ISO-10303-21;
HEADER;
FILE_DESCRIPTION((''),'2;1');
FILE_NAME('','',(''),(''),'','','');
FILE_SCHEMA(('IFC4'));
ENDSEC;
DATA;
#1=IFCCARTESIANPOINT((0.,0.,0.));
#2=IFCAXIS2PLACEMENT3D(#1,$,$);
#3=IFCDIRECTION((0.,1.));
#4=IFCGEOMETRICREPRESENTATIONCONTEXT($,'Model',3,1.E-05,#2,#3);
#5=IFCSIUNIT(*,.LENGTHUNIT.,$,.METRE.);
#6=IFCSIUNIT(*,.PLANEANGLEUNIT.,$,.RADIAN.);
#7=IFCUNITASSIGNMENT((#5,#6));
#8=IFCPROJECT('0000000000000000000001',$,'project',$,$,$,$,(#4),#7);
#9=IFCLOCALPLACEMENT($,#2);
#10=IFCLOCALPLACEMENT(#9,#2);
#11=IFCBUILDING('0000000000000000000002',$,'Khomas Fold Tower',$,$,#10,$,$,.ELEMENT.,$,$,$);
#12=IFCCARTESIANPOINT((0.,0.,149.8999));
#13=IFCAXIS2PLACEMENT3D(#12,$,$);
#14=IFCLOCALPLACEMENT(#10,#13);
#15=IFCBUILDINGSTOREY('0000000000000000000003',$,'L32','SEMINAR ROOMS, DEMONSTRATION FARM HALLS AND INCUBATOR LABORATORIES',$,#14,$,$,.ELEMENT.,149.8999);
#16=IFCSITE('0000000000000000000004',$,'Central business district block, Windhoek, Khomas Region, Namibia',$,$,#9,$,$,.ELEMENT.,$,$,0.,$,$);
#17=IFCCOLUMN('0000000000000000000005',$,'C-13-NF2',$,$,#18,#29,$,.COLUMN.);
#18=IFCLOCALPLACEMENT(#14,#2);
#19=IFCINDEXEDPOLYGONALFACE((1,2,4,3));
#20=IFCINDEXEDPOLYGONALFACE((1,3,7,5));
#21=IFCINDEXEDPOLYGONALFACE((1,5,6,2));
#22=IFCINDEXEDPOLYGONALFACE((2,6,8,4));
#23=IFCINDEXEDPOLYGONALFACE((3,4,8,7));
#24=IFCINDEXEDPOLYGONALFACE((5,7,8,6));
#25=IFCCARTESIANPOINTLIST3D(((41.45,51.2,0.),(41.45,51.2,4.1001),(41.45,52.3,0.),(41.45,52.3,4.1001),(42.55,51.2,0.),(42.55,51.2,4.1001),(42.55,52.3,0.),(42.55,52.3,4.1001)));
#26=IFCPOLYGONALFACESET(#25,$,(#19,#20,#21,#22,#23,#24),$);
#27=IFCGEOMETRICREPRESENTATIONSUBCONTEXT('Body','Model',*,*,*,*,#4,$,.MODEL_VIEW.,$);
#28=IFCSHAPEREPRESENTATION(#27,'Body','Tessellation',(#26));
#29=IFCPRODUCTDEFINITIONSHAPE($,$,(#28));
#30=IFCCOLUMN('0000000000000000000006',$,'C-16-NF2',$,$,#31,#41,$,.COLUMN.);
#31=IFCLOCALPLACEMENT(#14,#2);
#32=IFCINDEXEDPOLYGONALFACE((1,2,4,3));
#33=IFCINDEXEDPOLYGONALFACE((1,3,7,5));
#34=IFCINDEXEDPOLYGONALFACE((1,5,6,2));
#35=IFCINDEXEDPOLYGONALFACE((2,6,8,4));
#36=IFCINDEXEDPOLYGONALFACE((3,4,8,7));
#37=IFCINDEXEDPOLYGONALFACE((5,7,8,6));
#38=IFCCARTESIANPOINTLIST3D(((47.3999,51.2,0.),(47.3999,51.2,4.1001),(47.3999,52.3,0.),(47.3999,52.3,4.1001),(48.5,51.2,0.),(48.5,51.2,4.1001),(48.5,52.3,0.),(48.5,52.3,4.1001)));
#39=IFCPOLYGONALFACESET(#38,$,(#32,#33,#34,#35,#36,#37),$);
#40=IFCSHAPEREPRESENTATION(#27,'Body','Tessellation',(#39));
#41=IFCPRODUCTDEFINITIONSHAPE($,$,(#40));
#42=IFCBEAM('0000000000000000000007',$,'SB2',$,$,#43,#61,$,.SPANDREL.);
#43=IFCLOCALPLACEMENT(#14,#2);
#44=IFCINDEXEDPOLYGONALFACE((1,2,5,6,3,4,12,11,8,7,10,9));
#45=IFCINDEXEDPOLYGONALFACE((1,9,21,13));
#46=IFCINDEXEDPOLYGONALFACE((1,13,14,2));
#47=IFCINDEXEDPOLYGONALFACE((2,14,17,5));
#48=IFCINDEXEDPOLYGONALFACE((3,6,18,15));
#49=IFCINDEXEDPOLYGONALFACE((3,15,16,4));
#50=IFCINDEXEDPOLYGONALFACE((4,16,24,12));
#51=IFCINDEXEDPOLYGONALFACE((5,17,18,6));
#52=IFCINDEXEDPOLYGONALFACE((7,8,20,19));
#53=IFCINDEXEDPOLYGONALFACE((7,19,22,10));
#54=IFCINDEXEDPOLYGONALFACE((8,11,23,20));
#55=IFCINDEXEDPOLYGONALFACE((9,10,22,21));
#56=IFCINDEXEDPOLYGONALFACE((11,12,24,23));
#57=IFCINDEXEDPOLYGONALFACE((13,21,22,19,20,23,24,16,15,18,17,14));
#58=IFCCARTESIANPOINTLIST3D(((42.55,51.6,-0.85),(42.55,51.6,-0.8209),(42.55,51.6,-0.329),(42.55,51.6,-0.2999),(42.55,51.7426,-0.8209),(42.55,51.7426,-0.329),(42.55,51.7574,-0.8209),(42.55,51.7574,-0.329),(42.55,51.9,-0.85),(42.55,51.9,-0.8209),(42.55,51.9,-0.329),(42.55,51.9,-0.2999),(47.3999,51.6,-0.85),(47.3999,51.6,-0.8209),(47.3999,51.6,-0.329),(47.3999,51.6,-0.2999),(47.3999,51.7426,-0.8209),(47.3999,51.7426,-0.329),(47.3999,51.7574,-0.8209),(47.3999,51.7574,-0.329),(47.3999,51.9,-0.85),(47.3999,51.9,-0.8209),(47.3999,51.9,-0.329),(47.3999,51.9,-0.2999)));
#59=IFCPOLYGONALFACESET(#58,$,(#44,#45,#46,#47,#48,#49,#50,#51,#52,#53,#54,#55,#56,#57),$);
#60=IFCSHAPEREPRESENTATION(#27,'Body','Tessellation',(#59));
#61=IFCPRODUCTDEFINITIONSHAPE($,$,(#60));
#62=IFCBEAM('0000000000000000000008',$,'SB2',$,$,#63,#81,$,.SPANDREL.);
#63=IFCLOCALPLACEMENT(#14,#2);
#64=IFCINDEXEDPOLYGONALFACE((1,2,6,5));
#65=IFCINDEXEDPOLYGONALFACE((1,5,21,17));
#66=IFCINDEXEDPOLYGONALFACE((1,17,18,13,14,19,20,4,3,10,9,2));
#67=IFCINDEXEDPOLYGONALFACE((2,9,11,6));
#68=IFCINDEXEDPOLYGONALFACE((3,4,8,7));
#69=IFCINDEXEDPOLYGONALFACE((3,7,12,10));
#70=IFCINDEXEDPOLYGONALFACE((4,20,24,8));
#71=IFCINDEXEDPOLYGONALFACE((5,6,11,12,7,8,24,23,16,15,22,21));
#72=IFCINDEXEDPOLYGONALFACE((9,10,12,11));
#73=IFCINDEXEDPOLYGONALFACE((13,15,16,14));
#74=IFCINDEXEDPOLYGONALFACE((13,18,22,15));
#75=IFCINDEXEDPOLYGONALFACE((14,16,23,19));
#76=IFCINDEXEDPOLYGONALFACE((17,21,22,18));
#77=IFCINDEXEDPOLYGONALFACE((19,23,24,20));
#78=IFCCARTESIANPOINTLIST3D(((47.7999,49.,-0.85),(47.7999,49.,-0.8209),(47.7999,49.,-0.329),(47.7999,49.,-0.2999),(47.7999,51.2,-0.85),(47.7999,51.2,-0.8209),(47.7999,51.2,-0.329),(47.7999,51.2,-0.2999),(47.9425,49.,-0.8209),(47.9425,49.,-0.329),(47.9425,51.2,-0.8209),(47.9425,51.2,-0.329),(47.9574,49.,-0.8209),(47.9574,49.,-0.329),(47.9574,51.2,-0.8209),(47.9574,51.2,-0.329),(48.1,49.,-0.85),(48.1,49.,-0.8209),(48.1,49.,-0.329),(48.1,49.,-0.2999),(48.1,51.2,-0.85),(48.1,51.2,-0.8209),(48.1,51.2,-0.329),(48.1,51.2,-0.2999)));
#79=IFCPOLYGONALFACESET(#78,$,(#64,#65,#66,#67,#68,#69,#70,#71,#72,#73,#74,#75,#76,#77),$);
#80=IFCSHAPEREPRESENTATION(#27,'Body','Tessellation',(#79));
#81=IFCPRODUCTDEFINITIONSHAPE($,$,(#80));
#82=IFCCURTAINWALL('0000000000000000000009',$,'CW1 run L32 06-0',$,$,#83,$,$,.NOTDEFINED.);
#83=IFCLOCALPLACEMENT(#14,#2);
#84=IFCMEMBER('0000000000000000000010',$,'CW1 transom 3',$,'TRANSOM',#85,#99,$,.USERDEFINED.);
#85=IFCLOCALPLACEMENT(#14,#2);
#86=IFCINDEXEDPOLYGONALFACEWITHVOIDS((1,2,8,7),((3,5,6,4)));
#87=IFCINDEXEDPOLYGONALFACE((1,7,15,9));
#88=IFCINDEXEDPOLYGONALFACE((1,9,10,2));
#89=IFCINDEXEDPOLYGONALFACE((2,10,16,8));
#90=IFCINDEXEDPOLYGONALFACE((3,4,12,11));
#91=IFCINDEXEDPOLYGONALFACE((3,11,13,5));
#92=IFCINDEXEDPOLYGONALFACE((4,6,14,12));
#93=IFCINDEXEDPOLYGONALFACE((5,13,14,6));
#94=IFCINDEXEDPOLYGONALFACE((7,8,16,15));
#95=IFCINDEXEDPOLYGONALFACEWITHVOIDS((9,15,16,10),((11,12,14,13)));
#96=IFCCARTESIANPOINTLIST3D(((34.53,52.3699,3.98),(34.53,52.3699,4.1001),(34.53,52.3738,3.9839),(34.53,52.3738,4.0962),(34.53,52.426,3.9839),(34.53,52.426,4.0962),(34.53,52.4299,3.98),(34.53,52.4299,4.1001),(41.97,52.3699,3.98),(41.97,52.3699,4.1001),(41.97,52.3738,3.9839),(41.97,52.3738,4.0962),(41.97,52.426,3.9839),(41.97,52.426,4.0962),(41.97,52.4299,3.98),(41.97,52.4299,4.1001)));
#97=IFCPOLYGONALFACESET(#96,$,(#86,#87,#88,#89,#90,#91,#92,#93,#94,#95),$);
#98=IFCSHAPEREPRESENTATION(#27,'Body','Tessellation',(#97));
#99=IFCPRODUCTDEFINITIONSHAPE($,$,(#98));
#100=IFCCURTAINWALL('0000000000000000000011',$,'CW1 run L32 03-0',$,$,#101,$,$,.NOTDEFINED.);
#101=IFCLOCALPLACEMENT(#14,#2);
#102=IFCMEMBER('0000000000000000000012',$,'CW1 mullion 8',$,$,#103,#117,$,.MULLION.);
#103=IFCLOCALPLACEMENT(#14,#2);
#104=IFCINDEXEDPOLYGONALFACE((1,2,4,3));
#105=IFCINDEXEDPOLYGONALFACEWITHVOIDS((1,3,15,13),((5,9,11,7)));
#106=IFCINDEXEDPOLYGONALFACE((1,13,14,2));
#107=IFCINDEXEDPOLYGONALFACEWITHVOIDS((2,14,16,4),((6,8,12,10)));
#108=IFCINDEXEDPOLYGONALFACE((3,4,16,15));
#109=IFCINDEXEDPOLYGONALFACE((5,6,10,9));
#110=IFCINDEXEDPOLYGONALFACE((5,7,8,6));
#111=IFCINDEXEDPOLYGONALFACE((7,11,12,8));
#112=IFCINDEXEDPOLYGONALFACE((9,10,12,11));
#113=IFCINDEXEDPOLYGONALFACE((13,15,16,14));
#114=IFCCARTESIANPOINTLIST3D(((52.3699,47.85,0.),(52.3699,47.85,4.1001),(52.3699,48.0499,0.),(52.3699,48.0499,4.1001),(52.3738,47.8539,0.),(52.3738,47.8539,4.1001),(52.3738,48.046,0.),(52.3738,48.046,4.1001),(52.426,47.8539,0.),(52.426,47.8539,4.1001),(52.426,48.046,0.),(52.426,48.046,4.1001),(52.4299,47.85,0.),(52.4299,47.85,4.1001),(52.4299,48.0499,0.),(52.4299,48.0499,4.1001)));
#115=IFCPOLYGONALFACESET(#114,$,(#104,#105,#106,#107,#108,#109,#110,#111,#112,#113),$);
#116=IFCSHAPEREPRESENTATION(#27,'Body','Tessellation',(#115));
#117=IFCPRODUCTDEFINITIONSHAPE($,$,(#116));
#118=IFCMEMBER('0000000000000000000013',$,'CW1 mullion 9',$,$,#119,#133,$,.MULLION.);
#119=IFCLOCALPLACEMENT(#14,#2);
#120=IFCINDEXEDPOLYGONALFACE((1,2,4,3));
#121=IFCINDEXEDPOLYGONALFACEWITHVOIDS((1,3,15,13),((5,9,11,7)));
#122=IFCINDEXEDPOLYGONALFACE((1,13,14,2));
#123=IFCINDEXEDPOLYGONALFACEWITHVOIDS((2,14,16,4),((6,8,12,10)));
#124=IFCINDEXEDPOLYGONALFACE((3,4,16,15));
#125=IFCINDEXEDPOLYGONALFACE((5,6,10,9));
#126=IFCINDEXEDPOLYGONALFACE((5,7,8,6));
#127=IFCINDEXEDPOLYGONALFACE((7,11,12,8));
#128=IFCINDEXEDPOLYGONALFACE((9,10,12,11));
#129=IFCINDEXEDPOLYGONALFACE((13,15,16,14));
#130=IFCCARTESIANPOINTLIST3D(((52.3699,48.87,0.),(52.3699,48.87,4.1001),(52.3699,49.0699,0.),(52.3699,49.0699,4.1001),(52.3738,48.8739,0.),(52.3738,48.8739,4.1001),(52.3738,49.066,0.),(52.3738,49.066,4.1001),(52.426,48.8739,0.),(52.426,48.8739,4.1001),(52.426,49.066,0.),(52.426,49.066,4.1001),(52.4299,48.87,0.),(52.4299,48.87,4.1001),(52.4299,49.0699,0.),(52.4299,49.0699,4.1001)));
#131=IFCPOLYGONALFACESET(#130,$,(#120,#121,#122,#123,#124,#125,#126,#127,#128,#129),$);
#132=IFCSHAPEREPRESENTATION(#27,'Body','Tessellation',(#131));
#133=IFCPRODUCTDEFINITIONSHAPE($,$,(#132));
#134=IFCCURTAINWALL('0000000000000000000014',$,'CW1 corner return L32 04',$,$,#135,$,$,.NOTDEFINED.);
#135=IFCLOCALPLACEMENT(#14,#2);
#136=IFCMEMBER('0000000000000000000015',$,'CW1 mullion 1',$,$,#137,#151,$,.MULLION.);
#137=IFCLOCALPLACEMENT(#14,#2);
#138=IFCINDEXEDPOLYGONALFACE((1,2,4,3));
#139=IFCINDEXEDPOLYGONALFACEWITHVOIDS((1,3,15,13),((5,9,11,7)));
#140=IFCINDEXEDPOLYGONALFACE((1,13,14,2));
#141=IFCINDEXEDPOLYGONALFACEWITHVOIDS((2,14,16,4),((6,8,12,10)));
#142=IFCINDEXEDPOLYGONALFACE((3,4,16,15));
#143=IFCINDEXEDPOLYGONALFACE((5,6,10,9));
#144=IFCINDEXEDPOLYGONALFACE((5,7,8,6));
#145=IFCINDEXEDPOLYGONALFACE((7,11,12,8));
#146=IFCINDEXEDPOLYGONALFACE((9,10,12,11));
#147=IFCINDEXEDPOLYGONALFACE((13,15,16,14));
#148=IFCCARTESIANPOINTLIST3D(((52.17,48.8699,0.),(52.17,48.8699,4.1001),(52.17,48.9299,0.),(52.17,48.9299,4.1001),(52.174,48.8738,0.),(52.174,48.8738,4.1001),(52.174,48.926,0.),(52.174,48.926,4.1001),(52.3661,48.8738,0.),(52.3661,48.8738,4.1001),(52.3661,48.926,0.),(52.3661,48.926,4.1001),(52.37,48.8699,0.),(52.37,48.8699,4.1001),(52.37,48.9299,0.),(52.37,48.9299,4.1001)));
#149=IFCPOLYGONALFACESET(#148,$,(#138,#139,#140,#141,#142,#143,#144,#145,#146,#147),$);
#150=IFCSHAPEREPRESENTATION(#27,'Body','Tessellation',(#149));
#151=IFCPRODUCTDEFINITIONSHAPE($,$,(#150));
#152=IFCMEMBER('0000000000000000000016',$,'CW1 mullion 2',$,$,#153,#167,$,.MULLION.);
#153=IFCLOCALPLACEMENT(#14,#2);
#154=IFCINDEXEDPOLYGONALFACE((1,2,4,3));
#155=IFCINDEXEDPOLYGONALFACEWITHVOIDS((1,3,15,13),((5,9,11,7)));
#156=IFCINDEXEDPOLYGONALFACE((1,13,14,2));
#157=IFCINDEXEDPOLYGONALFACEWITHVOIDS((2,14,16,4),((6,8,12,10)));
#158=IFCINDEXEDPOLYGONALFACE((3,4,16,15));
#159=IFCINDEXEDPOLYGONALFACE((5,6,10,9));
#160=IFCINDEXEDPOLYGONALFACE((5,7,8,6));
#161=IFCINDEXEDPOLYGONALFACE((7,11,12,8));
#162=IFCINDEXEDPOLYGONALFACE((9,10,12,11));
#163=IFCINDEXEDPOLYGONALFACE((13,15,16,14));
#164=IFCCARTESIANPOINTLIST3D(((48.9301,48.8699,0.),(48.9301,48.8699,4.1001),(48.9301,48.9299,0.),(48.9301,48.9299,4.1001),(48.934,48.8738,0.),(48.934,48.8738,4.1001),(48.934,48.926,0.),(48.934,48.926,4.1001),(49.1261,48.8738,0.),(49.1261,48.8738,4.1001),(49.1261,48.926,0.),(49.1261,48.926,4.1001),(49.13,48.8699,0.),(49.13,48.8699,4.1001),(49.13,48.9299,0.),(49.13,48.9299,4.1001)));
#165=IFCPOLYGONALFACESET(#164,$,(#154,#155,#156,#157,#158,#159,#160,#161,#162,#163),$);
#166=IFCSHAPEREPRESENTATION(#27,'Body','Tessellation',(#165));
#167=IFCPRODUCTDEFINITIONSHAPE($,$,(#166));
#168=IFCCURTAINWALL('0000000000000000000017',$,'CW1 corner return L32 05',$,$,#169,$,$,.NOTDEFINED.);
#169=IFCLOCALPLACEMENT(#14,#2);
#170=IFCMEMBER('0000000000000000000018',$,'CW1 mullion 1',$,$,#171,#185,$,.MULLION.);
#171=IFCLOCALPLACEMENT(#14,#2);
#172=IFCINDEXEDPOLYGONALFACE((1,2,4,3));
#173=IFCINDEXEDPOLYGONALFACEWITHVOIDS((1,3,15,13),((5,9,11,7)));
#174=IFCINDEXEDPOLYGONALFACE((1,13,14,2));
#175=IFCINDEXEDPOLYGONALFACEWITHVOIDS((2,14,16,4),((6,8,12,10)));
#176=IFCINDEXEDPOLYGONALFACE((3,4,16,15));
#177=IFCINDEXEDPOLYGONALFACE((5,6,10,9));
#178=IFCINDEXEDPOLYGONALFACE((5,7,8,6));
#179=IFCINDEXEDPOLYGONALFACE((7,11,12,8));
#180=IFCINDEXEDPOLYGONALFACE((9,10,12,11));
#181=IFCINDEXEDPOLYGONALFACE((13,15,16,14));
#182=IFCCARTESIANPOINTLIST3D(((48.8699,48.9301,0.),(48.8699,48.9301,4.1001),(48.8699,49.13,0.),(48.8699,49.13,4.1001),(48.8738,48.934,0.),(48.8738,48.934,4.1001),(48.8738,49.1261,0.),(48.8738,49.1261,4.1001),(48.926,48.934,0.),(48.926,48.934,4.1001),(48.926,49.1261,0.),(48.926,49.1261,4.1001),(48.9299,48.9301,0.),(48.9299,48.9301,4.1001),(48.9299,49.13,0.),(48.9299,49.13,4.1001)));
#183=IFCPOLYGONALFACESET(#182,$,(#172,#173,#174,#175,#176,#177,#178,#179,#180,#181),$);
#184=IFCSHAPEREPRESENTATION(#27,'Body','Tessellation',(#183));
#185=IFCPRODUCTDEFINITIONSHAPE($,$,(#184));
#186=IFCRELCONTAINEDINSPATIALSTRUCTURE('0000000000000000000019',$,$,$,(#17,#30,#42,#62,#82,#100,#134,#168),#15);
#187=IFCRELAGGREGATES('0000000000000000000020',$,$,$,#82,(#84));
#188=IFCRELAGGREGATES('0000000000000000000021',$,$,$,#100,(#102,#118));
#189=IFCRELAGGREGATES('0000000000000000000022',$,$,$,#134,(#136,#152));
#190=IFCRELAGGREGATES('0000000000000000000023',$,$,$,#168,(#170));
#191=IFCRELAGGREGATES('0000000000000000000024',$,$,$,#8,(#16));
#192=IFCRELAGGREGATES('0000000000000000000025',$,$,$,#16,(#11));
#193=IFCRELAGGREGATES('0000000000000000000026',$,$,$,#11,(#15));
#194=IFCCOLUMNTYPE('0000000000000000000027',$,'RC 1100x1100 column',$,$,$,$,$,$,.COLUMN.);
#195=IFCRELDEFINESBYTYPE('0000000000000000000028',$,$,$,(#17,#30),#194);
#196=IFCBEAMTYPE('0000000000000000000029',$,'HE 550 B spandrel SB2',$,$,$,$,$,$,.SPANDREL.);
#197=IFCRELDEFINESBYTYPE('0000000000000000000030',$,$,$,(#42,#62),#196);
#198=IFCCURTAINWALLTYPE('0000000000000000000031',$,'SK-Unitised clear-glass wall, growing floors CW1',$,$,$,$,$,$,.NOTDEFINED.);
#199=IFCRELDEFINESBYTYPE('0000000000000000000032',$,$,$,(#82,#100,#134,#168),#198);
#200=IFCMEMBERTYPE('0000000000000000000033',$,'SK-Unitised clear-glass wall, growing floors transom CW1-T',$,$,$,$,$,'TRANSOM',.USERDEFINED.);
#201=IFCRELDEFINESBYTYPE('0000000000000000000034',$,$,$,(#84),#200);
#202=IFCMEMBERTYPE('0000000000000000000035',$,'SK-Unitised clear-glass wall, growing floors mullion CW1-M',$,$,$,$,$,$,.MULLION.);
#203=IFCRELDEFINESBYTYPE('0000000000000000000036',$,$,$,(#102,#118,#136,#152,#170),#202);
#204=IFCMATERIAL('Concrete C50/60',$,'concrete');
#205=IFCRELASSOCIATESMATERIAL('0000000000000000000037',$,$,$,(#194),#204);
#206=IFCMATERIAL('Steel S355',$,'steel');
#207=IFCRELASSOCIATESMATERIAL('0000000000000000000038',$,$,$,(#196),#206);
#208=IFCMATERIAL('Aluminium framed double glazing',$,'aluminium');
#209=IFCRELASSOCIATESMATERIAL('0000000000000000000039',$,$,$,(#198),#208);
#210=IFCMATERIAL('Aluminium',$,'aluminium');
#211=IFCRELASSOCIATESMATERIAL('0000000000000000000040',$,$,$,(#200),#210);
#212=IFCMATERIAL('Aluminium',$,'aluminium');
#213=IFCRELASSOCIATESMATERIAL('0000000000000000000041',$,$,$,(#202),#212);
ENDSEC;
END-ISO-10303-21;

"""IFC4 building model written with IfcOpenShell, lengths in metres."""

from ifc_helpers import new_model, si_unit, direction, frame, origin, origin_2d, place, context, subcontext, project, spatial, rectangle, hollow_rectangle, i_section, extrude, source, transform, mapped, material, material_profile, profile_set, type_object, element, aggregate, save


model = new_model("IFC4")

# Units and contexts
model_context = context("Model", 3, precision=1e-05, world=origin(), true_north=direction((0.0, 1.0)))
body_context = subcontext(model_context, "Body", "Model", "MODEL_VIEW")
ifc_project = project(units=[si_unit("LENGTHUNIT", "METRE"), si_unit("PLANEANGLEUNIT", "RADIAN")], contexts=[model_context])

# Site, building, storey
site_placement = place(None, origin())
site = spatial("IfcSite", under=ifc_project, at=site_placement, Name="Central business district block, Windhoek, Khomas Region, Namibia", CompositionType="ELEMENT", RefElevation=0.0)
building_placement = place(site_placement, origin())
building = spatial("IfcBuilding", under=site, at=building_placement, Name="Khomas Fold Tower", CompositionType="ELEMENT")
storey_placement = place(building_placement, frame((0.0, 0.0, 149.8999)))
storey = spatial("IfcBuildingStorey", under=building, at=storey_placement, Name="L32", Description="SEMINAR ROOMS, DEMONSTRATION FARM HALLS AND INCUBATOR LABORATORIES", CompositionType="ELEMENT", Elevation=149.8999)

# Columns
ifc_material_1 = material(Name="Concrete C50/60", Category="concrete")
ifc_material_profile_1 = material_profile(ifc_material_1, rectangle(XDim=1.1001, YDim=1.1001, at=origin_2d()), Name="RC 1100x1100")
ifc_profile_set_1 = profile_set([ifc_material_profile_1], Name="Concrete C50/60")
column_type = type_object("IfcColumnType", Name="RC 1100x1100 column", PredefinedType="COLUMN", material=ifc_profile_set_1)
shared_shape_1 = source(origin(), body_context, "Body", "SweptSolid", [
    extrude(rectangle(XDim=1.1001, YDim=1.1001, at=origin_2d()), origin(), (0.0, 0.0, 1.0), 4.1001),
])
for number, where, z_axis, x_axis, name in (
    (1, (42.0, 51.75, 0.0), (0.0, 0.0, 1.0), (1.0, 0.0, 0.0), "C-13-NF2"),
    (2, (47.95, 51.75, 0.0), (0.0, 0.0, 1.0), (1.0, 0.0, 0.0), "C-16-NF2"),
):
    element("IfcColumn", number, at=place(storey_placement, frame(where, z_axis=z_axis, x_axis=x_axis)), inside=storey, type_object=column_type, Name=name, PredefinedType="COLUMN", context=body_context, shape_type="MappedRepresentation", body=[
        mapped(shared_shape_1, transform((0.0, 0.0, 0.0))),
    ])

# Beams
ifc_material_2 = material(Name="Steel S355", Category="steel")
ifc_material_profile_2 = material_profile(ifc_material_2, i_section(OverallWidth=0.3, OverallDepth=0.55, WebThickness=0.0149, FlangeThickness=0.0291, at=origin_2d()), Name="HE 550 B")
ifc_profile_set_2 = profile_set([ifc_material_profile_2], Name="Steel S355")
beam_type = type_object("IfcBeamType", Name="HE 550 B spandrel SB2", PredefinedType="SPANDREL", material=ifc_profile_set_2)
shared_shape_2 = source(origin(), body_context, "Body", "SweptSolid", [
    extrude(i_section(OverallWidth=0.3, OverallDepth=0.55, WebThickness=0.0149, FlangeThickness=0.0291, at=origin_2d()), origin(), (0.0, 0.0, 1.0), 4.8499),
])
beam_1_placement = place(storey_placement, frame((42.55, 51.75, -0.575), z_axis=(1.0, 0.0, 0.0), x_axis=(0.0, 1.0, 0.0)))
element("IfcBeam", 3, at=beam_1_placement, inside=storey, type_object=beam_type, Name="SB2", PredefinedType="SPANDREL", context=body_context, shape_type="MappedRepresentation", body=[
    mapped(shared_shape_2, transform((0.0, 0.0, 0.0))),
])
shared_shape_3 = source(origin(), body_context, "Body", "SweptSolid", [
    extrude(i_section(OverallWidth=0.3, OverallDepth=0.55, WebThickness=0.0149, FlangeThickness=0.0291, at=origin_2d()), origin(), (0.0, 0.0, 1.0), 2.2),
])
beam_2_placement = place(storey_placement, frame((47.95, 49.0, -0.575), z_axis=(0.0, 1.0, 0.0), x_axis=(-1.0, 0.0, 0.0)))
element("IfcBeam", 4, at=beam_2_placement, inside=storey, type_object=beam_type, Name="SB2", PredefinedType="SPANDREL", context=body_context, shape_type="MappedRepresentation", body=[
    mapped(shared_shape_3, transform((0.0, 0.0, 0.0))),
])

# Curtain wall, member
ifc_material_3 = material(Name="Aluminium framed double glazing", Category="aluminium")
curtain_wall_type = type_object("IfcCurtainWallType", Name="SK-Unitised clear-glass wall, growing floors CW1", PredefinedType="NOTDEFINED", material=ifc_material_3)
curtain_wall_1_placement = place(storey_placement, origin())
curtain_wall_1 = element("IfcCurtainWall", 5, at=curtain_wall_1_placement, inside=storey, type_object=curtain_wall_type, Name="CW1 run L32 06-0", PredefinedType="NOTDEFINED")
ifc_material_4 = material(Name="Aluminium", Category="aluminium")
ifc_material_profile_3 = material_profile(ifc_material_4, hollow_rectangle(XDim=0.0601, YDim=0.1201, WallThickness=0.0039, at=origin_2d()), Name="SK-Unitised clear-glass wall, growing floors transom CW1-T")
ifc_profile_set_3 = profile_set([ifc_material_profile_3], Name="Aluminium")
member_type_1 = type_object("IfcMemberType", Name="SK-Unitised clear-glass wall, growing floors transom CW1-T", ElementType="TRANSOM", PredefinedType="USERDEFINED", material=ifc_profile_set_3)
shared_shape_4 = source(origin(), body_context, "Body", "SweptSolid", [
    extrude(hollow_rectangle(XDim=0.0601, YDim=0.1201, WallThickness=0.0039, at=origin_2d()), origin(), (0.0, 0.0, 1.0), 7.4399),
])
member_1_placement = place(storey_placement, frame((41.97, 52.3999, 4.04), z_axis=(-1.0, 0.0, 0.0), x_axis=(0.0, -1.0, 0.0)))
member_1 = element("IfcMember", 6, at=member_1_placement, type_object=member_type_1, Name="CW1 transom 3", ObjectType="TRANSOM", PredefinedType="USERDEFINED", context=body_context, shape_type="MappedRepresentation", body=[
    mapped(shared_shape_4, transform((0.0, 0.0, 0.0))),
])

# Curtain walls, members
curtain_wall_2_placement = place(storey_placement, origin())
curtain_wall_2 = element("IfcCurtainWall", 7, at=curtain_wall_2_placement, inside=storey, type_object=curtain_wall_type, Name="CW1 run L32 03-0", PredefinedType="NOTDEFINED")
ifc_material_5 = material(Name="Aluminium", Category="aluminium")
ifc_material_profile_4 = material_profile(ifc_material_5, hollow_rectangle(XDim=0.0601, YDim=0.2, WallThickness=0.0039, at=origin_2d()), Name="SK-Unitised clear-glass wall, growing floors mullion CW1-M")
ifc_profile_set_4 = profile_set([ifc_material_profile_4], Name="Aluminium")
member_type_2 = type_object("IfcMemberType", Name="SK-Unitised clear-glass wall, growing floors mullion CW1-M", PredefinedType="MULLION", material=ifc_profile_set_4)
shared_shape_5 = source(origin(), body_context, "Body", "SweptSolid", [
    extrude(hollow_rectangle(XDim=0.0601, YDim=0.2, WallThickness=0.0039, at=origin_2d()), origin(), (0.0, 0.0, 1.0), 4.1001),
])
member_2_placement = place(storey_placement, frame((52.3999, 47.95, 0.0), z_axis=(0.0, 0.0, 1.0), x_axis=(-1.0, 0.0, 0.0)))
member_2 = element("IfcMember", 8, at=member_2_placement, type_object=member_type_2, Name="CW1 mullion 8", PredefinedType="MULLION", context=body_context, shape_type="MappedRepresentation", body=[
    mapped(shared_shape_5, transform((0.0, 0.0, 0.0))),
])
member_3_placement = place(storey_placement, frame((52.3999, 48.97, 0.0), z_axis=(0.0, 0.0, 1.0), x_axis=(-1.0, 0.0, 0.0)))
member_3 = element("IfcMember", 9, at=member_3_placement, type_object=member_type_2, Name="CW1 mullion 9", PredefinedType="MULLION", context=body_context, shape_type="MappedRepresentation", body=[
    mapped(shared_shape_5, transform((0.0, 0.0, 0.0))),
])
curtain_wall_3_placement = place(storey_placement, origin())
curtain_wall_3 = element("IfcCurtainWall", 10, at=curtain_wall_3_placement, inside=storey, type_object=curtain_wall_type, Name="CW1 corner return L32 04", PredefinedType="NOTDEFINED")
member_4_placement = place(storey_placement, frame((52.27, 48.8999, 0.0), z_axis=(0.0, 0.0, 1.0), x_axis=(0.0, -1.0, 0.0)))
member_4 = element("IfcMember", 11, at=member_4_placement, type_object=member_type_2, Name="CW1 mullion 1", PredefinedType="MULLION", context=body_context, shape_type="MappedRepresentation", body=[
    mapped(shared_shape_5, transform((0.0, 0.0, 0.0))),
])
member_5_placement = place(storey_placement, frame((49.03, 48.8999, 0.0), z_axis=(0.0, 0.0, 1.0), x_axis=(0.0, -1.0, 0.0)))
member_5 = element("IfcMember", 12, at=member_5_placement, type_object=member_type_2, Name="CW1 mullion 2", PredefinedType="MULLION", context=body_context, shape_type="MappedRepresentation", body=[
    mapped(shared_shape_5, transform((0.0, 0.0, 0.0))),
])
curtain_wall_4_placement = place(storey_placement, origin())
curtain_wall_4 = element("IfcCurtainWall", 13, at=curtain_wall_4_placement, inside=storey, type_object=curtain_wall_type, Name="CW1 corner return L32 05", PredefinedType="NOTDEFINED")
member_6_placement = place(storey_placement, frame((48.8999, 49.03, 0.0), z_axis=(0.0, 0.0, 1.0), x_axis=(-1.0, 0.0, 0.0)))
member_6 = element("IfcMember", 14, at=member_6_placement, type_object=member_type_2, Name="CW1 mullion 1", PredefinedType="MULLION", context=body_context, shape_type="MappedRepresentation", body=[
    mapped(shared_shape_5, transform((0.0, 0.0, 0.0))),
])

aggregate(curtain_wall_1, [member_1])
aggregate(curtain_wall_2, [member_2, member_3])
aggregate(curtain_wall_3, [member_4, member_5])
aggregate(curtain_wall_4, [member_6])

save(model, "model.ifc")
